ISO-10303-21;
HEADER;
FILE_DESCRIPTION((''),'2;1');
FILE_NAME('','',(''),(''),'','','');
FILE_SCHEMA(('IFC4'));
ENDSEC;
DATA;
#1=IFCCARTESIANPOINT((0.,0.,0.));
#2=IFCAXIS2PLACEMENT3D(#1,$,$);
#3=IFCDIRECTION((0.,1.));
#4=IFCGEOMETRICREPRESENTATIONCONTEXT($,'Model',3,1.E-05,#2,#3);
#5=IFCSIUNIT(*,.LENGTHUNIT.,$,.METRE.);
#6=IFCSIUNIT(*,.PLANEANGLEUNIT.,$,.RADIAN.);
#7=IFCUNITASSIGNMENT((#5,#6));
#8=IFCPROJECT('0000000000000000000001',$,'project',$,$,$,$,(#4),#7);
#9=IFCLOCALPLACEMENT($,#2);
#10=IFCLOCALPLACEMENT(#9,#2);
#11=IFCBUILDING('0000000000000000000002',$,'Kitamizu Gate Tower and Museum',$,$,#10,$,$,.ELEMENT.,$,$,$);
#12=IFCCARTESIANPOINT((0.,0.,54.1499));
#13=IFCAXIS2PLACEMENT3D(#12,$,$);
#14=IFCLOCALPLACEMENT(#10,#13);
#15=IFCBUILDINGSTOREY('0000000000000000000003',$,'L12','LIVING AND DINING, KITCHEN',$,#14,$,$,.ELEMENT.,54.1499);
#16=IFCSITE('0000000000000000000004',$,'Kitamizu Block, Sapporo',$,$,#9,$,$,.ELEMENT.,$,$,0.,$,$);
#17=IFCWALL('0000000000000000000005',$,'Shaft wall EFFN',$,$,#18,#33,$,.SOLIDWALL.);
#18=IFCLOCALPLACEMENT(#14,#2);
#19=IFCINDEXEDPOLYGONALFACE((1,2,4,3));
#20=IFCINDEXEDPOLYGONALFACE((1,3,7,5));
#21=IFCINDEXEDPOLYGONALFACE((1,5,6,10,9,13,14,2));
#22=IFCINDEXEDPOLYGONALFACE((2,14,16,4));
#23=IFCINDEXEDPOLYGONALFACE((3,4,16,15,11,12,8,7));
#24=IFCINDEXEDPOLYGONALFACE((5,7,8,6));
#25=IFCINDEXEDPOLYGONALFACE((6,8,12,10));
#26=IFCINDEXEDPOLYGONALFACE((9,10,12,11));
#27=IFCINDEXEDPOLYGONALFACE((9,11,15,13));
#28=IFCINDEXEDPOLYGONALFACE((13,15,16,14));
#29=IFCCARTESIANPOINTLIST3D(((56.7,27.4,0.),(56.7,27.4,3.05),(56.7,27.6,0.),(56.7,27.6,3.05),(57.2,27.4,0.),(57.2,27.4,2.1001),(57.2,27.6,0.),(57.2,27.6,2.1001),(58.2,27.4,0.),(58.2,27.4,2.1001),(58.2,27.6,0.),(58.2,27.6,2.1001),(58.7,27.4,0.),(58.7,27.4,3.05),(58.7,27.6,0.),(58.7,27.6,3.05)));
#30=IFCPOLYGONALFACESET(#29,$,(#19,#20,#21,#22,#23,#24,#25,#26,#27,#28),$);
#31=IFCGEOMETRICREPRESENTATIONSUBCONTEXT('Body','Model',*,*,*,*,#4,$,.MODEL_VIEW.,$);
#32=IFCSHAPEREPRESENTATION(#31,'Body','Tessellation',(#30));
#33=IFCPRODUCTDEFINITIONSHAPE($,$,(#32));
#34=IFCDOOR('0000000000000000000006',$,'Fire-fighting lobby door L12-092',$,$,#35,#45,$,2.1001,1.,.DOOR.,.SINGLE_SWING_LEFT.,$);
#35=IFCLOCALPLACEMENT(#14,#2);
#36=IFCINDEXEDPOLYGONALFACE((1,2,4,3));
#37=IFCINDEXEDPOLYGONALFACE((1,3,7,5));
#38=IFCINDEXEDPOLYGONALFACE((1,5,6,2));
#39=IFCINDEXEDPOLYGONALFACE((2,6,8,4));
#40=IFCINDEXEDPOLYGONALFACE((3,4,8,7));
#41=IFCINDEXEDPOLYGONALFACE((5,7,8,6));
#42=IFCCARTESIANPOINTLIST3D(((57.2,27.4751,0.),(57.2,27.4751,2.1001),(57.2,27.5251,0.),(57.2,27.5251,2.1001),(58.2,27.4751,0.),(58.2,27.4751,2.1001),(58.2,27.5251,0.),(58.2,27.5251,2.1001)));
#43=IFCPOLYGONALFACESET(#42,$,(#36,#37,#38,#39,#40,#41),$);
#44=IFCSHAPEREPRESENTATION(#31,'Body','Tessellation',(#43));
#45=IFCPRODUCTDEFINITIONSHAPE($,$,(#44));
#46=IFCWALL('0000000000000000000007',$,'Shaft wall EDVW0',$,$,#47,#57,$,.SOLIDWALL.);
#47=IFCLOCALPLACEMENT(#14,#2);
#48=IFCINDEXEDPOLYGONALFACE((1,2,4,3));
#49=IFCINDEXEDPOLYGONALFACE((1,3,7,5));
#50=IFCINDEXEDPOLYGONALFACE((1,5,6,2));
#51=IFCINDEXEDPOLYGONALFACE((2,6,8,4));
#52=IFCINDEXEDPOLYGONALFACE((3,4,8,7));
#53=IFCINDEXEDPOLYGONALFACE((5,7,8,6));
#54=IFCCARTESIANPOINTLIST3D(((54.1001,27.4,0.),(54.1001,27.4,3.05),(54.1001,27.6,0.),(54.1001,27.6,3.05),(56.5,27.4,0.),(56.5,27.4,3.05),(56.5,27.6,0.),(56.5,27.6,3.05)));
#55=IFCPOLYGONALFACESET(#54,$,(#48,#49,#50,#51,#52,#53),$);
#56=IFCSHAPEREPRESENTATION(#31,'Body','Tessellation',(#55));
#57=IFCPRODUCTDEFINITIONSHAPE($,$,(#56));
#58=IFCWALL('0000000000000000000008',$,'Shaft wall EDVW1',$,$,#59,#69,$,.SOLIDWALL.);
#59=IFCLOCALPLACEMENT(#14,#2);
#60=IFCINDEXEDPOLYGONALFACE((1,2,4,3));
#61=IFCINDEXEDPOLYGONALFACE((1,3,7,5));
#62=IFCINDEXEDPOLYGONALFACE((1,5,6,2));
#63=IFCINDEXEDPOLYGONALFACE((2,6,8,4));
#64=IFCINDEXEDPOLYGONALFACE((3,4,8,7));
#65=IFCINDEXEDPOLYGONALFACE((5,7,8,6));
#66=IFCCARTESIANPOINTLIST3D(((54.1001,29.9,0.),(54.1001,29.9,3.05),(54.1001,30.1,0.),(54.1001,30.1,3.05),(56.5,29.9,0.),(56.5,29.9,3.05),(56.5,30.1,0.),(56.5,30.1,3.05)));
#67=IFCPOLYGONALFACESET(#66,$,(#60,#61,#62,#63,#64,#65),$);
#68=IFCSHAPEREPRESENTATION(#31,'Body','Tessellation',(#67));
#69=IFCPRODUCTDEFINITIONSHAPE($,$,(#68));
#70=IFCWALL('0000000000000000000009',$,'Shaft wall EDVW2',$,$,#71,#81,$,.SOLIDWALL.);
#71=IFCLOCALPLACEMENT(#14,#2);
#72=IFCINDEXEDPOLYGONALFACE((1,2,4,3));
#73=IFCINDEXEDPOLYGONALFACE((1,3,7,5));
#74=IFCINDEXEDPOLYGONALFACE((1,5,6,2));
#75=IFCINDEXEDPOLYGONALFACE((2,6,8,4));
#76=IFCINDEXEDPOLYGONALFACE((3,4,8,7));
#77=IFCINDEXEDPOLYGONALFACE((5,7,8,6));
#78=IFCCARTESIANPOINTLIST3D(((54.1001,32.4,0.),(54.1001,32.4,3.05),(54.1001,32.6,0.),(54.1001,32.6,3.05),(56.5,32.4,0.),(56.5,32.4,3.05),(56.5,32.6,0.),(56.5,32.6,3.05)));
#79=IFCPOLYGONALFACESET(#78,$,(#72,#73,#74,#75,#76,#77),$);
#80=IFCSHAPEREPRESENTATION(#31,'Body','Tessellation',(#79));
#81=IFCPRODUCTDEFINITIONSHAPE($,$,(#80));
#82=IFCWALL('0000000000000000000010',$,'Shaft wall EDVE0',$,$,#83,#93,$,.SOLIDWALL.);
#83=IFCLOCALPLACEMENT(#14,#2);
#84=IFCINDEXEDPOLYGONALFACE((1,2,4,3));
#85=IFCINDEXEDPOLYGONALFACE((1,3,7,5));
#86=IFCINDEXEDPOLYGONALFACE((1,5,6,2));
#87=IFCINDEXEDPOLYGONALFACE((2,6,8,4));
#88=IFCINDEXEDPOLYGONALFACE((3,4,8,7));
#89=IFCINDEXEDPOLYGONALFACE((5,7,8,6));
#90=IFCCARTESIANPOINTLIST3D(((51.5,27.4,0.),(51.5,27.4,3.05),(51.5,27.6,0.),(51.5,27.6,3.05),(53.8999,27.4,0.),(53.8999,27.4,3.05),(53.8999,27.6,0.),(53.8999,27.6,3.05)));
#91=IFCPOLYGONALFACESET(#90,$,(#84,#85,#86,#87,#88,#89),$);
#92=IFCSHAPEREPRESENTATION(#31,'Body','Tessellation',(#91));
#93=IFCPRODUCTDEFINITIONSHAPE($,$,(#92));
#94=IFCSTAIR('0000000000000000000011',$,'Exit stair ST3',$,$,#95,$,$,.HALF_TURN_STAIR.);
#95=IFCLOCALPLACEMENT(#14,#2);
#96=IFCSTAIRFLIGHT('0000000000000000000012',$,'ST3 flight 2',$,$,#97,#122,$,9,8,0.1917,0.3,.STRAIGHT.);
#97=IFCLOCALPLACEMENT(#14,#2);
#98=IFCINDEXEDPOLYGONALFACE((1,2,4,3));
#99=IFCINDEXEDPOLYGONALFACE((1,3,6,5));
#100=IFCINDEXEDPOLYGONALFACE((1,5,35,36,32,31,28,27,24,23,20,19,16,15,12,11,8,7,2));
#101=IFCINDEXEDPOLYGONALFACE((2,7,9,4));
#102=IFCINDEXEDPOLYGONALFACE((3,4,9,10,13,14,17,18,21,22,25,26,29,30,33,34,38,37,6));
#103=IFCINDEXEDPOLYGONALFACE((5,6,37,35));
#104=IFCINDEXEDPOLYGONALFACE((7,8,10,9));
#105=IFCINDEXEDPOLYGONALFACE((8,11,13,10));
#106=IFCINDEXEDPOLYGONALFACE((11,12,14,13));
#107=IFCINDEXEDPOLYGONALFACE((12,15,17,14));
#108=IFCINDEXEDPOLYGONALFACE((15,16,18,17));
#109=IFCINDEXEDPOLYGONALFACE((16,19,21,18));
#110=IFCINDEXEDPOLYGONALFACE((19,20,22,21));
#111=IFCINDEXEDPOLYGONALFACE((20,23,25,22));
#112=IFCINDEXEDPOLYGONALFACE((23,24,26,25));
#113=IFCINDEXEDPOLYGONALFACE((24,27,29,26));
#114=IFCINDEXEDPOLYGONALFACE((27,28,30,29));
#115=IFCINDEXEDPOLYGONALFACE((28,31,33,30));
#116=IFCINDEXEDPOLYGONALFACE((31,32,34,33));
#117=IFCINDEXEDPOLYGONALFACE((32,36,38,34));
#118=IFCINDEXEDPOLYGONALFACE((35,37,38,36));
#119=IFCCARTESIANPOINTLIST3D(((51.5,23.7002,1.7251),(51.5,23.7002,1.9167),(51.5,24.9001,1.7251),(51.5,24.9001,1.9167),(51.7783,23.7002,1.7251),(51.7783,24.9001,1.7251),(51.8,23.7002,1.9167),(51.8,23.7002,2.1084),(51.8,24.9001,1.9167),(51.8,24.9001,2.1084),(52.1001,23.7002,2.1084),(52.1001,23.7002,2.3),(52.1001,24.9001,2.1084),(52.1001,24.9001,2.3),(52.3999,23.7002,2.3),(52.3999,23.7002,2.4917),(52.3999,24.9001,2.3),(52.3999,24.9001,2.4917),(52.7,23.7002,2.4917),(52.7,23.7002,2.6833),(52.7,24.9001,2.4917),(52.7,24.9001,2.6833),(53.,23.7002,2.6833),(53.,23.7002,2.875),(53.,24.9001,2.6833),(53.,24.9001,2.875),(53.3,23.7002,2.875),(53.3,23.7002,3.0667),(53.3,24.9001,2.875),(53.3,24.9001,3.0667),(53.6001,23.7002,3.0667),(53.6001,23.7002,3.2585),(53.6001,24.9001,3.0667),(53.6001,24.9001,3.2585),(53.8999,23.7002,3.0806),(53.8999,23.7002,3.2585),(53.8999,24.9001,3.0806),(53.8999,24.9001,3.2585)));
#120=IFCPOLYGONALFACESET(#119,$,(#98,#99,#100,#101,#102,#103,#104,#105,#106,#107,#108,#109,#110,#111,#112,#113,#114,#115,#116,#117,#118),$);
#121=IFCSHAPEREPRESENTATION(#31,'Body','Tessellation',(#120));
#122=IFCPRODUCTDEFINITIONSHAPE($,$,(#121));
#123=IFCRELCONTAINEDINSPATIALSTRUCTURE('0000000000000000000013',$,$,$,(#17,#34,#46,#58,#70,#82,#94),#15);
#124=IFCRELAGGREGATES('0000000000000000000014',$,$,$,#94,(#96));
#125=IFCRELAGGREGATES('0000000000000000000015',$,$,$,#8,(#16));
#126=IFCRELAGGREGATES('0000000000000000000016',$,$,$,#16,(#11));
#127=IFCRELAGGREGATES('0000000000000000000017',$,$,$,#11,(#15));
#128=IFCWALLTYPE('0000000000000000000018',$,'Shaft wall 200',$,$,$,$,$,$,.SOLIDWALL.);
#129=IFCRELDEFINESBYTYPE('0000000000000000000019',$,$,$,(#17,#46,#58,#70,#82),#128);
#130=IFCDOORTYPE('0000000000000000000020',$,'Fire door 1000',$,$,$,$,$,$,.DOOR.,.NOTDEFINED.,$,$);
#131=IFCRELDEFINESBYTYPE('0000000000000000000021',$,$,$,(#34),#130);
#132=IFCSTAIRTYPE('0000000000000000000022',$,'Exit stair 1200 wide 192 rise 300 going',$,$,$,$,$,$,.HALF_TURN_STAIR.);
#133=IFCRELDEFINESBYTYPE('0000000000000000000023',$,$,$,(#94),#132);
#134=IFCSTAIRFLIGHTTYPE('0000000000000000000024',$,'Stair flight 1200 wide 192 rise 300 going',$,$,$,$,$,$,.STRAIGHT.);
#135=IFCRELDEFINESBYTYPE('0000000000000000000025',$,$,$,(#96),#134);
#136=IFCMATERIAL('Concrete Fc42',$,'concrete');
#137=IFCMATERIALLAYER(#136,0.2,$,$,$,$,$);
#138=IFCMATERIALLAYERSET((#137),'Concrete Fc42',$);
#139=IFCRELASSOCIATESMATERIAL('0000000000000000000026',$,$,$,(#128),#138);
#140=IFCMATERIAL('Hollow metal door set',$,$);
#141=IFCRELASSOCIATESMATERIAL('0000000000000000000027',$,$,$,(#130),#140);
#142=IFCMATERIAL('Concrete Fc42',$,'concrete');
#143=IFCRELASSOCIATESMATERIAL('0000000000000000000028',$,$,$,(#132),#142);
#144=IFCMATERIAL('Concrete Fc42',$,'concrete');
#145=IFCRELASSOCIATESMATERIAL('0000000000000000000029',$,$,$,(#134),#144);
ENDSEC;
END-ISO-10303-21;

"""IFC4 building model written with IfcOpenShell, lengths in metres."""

from ifc_helpers import new_model, si_unit, direction, frame, frame_2d, origin, place, context, subcontext, project, spatial, polyline, rectangle, outline, extrude, material, layer, layer_set, type_object, element, fill, aggregate, save


model = new_model("IFC4")

# Units and contexts
model_context = context("Model", 3, precision=1e-05, world=origin(), true_north=direction((0.0, 1.0)))
body_context = subcontext(model_context, "Body", "Model", "MODEL_VIEW")
ifc_project = project(units=[si_unit("LENGTHUNIT", "METRE"), si_unit("PLANEANGLEUNIT", "RADIAN")], contexts=[model_context])

# Site, building, storey
site_placement = place(None, origin())
site = spatial("IfcSite", under=ifc_project, at=site_placement, Name="Kitamizu Block, Sapporo", CompositionType="ELEMENT", RefElevation=0.0)
building_placement = place(site_placement, origin())
building = spatial("IfcBuilding", under=site, at=building_placement, Name="Kitamizu Gate Tower and Museum", CompositionType="ELEMENT")
storey_placement = place(building_placement, frame((0.0, 0.0, 54.1499)))
storey = spatial("IfcBuildingStorey", under=building, at=storey_placement, Name="L12", Description="LIVING AND DINING, KITCHEN", CompositionType="ELEMENT", Elevation=54.1499)

# Shared definitions
ifc_material_1 = material(Name="Concrete Fc42", Category="concrete")
ifc_layer_1 = layer(ifc_material_1, 0.2)
ifc_layer_set_1 = layer_set([ifc_layer_1], Name="Concrete Fc42")
wall_type_1 = type_object("IfcWallType", Name="Shaft wall 200", PredefinedType="SOLIDWALL", material=ifc_layer_set_1)
ifc_material_2 = material(Name="Hollow metal door set")
door_type_1 = type_object("IfcDoorType", Name="Fire door 1000", OperationType="NOTDEFINED", PredefinedType="DOOR", material=ifc_material_2)

# Wall, opening, door
wall_1_placement = place(storey_placement, frame((58.7, 27.5, 0.0), z_axis=(0.0, 0.0, 1.0), x_axis=(-1.0, 0.0, 0.0)))
wall_1 = element("IfcWall", 1, at=wall_1_placement, inside=storey, type_object=wall_type_1, Name="Shaft wall EFFN", PredefinedType="SOLIDWALL", context=body_context, shape_type="SweptSolid", body=[
    extrude(rectangle(XDim=2.0, YDim=0.2, at=frame_2d((1.0, 0.0))), origin(), (0.0, 0.0, 1.0), 3.05),
])
opening_1_placement = place(wall_1_placement, frame((0.5, 0.0, 0.0)))
opening_1 = element("IfcOpeningElement", 2, at=opening_1_placement, cuts=wall_1, PredefinedType="OPENING", context=body_context, shape_type="SweptSolid", body=[
    extrude(rectangle(XDim=1.0, YDim=2.1001, at=frame_2d((0.5, 1.05))), frame((0.0, 0.1099, 0.0), z_axis=(0.0, -1.0, 0.0), x_axis=(1.0, 0.0, 0.0)), (0.0, 0.0, 1.0), 0.22),
])
door_1_placement = place(opening_1_placement, origin())
door_1 = element("IfcDoor", 3, at=door_1_placement, inside=storey, type_object=door_type_1, Name="Fire-fighting lobby door L12-092", OperationType="SINGLE_SWING_LEFT", OverallHeight=2.1001, OverallWidth=1.0, PredefinedType="DOOR", context=body_context, shape_type="SweptSolid", body=[
    extrude(rectangle(XDim=1.0, YDim=2.1001, at=frame_2d((0.5, 1.05))), frame((0.0, 0.0249, 0.0), z_axis=(0.0, -1.0, 0.0), x_axis=(1.0, 0.0, 0.0)), (0.0, 0.0, 1.0), 0.05),
])
fill(opening_1, door_1)

# Walls
for number, where, z_axis, x_axis, name in (
    (4, (56.5, 27.5, 0.0), (0.0, 0.0, 1.0), (-1.0, 0.0, 0.0), "Shaft wall EDVW0"),
    (5, (56.5, 30.0, 0.0), (0.0, 0.0, 1.0), (-1.0, 0.0, 0.0), "Shaft wall EDVW1"),
    (6, (56.5, 32.5, 0.0), (0.0, 0.0, 1.0), (-1.0, 0.0, 0.0), "Shaft wall EDVW2"),
    (7, (53.8999, 27.5, 0.0), (0.0, 0.0, 1.0), (-1.0, 0.0, 0.0), "Shaft wall EDVE0"),
):
    element("IfcWall", number, at=place(storey_placement, frame(where, z_axis=z_axis, x_axis=x_axis)), inside=storey, type_object=wall_type_1, Name=name, PredefinedType="SOLIDWALL", context=body_context, shape_type="SweptSolid", body=[
        extrude(rectangle(XDim=2.3999, YDim=0.2, at=frame_2d((1.2, 0.0))), origin(), (0.0, 0.0, 1.0), 3.05),
    ])

# Stair, stair flight
ifc_material_3 = material(Name="Concrete Fc42", Category="concrete")
stair_type = type_object("IfcStairType", Name="Exit stair 1200 wide 192 rise 300 going", PredefinedType="HALF_TURN_STAIR", material=ifc_material_3)
stair_placement = place(storey_placement, origin())
stair = element("IfcStair", 8, at=stair_placement, inside=storey, type_object=stair_type, Name="Exit stair ST3", PredefinedType="HALF_TURN_STAIR")
ifc_material_4 = material(Name="Concrete Fc42", Category="concrete")
stair_flight_type = type_object("IfcStairFlightType", Name="Stair flight 1200 wide 192 rise 300 going", PredefinedType="STRAIGHT", material=ifc_material_4)
stair_flight_placement = place(storey_placement, frame((51.5, 24.3, 1.7251), z_axis=(0.0, 0.0, 1.0), x_axis=(1.0, 0.0, 0.0)))
stair_flight = element("IfcStairFlight", 9, at=stair_flight_placement, type_object=stair_flight_type, Name="ST3 flight 2", NumberOfRisers=9, NumberOfTreads=8, PredefinedType="STRAIGHT", RiserHeight=0.1917, TreadLength=0.3, context=body_context, shape_type="SweptSolid", body=[
    extrude(outline(polyline([(0.0, 0.0), (0.0, 0.1917), (0.3, 0.1917), (0.3, 0.3833), (0.6001, 0.3833), (0.6001, 0.575), (0.8999, 0.575), (0.8999, 0.7666), (1.2, 0.7666), (1.2, 0.9583), (1.5, 0.9583), (1.5, 1.1499), (1.8, 1.1499), (1.8, 1.3416), (2.1001, 1.3416), (2.1001, 1.5334), (2.3999, 1.5334), (2.3999, 1.7251), (2.3999, 1.3555), (0.2783, 0.0), (0.0, 0.0)])), frame((0.0, 0.6001, 0.0), z_axis=(0.0, -1.0, 0.0), x_axis=(1.0, 0.0, 0.0)), (0.0, 0.0, 1.0), 1.2),
])
aggregate(stair, [stair_flight])

save(model, "model.ifc")
